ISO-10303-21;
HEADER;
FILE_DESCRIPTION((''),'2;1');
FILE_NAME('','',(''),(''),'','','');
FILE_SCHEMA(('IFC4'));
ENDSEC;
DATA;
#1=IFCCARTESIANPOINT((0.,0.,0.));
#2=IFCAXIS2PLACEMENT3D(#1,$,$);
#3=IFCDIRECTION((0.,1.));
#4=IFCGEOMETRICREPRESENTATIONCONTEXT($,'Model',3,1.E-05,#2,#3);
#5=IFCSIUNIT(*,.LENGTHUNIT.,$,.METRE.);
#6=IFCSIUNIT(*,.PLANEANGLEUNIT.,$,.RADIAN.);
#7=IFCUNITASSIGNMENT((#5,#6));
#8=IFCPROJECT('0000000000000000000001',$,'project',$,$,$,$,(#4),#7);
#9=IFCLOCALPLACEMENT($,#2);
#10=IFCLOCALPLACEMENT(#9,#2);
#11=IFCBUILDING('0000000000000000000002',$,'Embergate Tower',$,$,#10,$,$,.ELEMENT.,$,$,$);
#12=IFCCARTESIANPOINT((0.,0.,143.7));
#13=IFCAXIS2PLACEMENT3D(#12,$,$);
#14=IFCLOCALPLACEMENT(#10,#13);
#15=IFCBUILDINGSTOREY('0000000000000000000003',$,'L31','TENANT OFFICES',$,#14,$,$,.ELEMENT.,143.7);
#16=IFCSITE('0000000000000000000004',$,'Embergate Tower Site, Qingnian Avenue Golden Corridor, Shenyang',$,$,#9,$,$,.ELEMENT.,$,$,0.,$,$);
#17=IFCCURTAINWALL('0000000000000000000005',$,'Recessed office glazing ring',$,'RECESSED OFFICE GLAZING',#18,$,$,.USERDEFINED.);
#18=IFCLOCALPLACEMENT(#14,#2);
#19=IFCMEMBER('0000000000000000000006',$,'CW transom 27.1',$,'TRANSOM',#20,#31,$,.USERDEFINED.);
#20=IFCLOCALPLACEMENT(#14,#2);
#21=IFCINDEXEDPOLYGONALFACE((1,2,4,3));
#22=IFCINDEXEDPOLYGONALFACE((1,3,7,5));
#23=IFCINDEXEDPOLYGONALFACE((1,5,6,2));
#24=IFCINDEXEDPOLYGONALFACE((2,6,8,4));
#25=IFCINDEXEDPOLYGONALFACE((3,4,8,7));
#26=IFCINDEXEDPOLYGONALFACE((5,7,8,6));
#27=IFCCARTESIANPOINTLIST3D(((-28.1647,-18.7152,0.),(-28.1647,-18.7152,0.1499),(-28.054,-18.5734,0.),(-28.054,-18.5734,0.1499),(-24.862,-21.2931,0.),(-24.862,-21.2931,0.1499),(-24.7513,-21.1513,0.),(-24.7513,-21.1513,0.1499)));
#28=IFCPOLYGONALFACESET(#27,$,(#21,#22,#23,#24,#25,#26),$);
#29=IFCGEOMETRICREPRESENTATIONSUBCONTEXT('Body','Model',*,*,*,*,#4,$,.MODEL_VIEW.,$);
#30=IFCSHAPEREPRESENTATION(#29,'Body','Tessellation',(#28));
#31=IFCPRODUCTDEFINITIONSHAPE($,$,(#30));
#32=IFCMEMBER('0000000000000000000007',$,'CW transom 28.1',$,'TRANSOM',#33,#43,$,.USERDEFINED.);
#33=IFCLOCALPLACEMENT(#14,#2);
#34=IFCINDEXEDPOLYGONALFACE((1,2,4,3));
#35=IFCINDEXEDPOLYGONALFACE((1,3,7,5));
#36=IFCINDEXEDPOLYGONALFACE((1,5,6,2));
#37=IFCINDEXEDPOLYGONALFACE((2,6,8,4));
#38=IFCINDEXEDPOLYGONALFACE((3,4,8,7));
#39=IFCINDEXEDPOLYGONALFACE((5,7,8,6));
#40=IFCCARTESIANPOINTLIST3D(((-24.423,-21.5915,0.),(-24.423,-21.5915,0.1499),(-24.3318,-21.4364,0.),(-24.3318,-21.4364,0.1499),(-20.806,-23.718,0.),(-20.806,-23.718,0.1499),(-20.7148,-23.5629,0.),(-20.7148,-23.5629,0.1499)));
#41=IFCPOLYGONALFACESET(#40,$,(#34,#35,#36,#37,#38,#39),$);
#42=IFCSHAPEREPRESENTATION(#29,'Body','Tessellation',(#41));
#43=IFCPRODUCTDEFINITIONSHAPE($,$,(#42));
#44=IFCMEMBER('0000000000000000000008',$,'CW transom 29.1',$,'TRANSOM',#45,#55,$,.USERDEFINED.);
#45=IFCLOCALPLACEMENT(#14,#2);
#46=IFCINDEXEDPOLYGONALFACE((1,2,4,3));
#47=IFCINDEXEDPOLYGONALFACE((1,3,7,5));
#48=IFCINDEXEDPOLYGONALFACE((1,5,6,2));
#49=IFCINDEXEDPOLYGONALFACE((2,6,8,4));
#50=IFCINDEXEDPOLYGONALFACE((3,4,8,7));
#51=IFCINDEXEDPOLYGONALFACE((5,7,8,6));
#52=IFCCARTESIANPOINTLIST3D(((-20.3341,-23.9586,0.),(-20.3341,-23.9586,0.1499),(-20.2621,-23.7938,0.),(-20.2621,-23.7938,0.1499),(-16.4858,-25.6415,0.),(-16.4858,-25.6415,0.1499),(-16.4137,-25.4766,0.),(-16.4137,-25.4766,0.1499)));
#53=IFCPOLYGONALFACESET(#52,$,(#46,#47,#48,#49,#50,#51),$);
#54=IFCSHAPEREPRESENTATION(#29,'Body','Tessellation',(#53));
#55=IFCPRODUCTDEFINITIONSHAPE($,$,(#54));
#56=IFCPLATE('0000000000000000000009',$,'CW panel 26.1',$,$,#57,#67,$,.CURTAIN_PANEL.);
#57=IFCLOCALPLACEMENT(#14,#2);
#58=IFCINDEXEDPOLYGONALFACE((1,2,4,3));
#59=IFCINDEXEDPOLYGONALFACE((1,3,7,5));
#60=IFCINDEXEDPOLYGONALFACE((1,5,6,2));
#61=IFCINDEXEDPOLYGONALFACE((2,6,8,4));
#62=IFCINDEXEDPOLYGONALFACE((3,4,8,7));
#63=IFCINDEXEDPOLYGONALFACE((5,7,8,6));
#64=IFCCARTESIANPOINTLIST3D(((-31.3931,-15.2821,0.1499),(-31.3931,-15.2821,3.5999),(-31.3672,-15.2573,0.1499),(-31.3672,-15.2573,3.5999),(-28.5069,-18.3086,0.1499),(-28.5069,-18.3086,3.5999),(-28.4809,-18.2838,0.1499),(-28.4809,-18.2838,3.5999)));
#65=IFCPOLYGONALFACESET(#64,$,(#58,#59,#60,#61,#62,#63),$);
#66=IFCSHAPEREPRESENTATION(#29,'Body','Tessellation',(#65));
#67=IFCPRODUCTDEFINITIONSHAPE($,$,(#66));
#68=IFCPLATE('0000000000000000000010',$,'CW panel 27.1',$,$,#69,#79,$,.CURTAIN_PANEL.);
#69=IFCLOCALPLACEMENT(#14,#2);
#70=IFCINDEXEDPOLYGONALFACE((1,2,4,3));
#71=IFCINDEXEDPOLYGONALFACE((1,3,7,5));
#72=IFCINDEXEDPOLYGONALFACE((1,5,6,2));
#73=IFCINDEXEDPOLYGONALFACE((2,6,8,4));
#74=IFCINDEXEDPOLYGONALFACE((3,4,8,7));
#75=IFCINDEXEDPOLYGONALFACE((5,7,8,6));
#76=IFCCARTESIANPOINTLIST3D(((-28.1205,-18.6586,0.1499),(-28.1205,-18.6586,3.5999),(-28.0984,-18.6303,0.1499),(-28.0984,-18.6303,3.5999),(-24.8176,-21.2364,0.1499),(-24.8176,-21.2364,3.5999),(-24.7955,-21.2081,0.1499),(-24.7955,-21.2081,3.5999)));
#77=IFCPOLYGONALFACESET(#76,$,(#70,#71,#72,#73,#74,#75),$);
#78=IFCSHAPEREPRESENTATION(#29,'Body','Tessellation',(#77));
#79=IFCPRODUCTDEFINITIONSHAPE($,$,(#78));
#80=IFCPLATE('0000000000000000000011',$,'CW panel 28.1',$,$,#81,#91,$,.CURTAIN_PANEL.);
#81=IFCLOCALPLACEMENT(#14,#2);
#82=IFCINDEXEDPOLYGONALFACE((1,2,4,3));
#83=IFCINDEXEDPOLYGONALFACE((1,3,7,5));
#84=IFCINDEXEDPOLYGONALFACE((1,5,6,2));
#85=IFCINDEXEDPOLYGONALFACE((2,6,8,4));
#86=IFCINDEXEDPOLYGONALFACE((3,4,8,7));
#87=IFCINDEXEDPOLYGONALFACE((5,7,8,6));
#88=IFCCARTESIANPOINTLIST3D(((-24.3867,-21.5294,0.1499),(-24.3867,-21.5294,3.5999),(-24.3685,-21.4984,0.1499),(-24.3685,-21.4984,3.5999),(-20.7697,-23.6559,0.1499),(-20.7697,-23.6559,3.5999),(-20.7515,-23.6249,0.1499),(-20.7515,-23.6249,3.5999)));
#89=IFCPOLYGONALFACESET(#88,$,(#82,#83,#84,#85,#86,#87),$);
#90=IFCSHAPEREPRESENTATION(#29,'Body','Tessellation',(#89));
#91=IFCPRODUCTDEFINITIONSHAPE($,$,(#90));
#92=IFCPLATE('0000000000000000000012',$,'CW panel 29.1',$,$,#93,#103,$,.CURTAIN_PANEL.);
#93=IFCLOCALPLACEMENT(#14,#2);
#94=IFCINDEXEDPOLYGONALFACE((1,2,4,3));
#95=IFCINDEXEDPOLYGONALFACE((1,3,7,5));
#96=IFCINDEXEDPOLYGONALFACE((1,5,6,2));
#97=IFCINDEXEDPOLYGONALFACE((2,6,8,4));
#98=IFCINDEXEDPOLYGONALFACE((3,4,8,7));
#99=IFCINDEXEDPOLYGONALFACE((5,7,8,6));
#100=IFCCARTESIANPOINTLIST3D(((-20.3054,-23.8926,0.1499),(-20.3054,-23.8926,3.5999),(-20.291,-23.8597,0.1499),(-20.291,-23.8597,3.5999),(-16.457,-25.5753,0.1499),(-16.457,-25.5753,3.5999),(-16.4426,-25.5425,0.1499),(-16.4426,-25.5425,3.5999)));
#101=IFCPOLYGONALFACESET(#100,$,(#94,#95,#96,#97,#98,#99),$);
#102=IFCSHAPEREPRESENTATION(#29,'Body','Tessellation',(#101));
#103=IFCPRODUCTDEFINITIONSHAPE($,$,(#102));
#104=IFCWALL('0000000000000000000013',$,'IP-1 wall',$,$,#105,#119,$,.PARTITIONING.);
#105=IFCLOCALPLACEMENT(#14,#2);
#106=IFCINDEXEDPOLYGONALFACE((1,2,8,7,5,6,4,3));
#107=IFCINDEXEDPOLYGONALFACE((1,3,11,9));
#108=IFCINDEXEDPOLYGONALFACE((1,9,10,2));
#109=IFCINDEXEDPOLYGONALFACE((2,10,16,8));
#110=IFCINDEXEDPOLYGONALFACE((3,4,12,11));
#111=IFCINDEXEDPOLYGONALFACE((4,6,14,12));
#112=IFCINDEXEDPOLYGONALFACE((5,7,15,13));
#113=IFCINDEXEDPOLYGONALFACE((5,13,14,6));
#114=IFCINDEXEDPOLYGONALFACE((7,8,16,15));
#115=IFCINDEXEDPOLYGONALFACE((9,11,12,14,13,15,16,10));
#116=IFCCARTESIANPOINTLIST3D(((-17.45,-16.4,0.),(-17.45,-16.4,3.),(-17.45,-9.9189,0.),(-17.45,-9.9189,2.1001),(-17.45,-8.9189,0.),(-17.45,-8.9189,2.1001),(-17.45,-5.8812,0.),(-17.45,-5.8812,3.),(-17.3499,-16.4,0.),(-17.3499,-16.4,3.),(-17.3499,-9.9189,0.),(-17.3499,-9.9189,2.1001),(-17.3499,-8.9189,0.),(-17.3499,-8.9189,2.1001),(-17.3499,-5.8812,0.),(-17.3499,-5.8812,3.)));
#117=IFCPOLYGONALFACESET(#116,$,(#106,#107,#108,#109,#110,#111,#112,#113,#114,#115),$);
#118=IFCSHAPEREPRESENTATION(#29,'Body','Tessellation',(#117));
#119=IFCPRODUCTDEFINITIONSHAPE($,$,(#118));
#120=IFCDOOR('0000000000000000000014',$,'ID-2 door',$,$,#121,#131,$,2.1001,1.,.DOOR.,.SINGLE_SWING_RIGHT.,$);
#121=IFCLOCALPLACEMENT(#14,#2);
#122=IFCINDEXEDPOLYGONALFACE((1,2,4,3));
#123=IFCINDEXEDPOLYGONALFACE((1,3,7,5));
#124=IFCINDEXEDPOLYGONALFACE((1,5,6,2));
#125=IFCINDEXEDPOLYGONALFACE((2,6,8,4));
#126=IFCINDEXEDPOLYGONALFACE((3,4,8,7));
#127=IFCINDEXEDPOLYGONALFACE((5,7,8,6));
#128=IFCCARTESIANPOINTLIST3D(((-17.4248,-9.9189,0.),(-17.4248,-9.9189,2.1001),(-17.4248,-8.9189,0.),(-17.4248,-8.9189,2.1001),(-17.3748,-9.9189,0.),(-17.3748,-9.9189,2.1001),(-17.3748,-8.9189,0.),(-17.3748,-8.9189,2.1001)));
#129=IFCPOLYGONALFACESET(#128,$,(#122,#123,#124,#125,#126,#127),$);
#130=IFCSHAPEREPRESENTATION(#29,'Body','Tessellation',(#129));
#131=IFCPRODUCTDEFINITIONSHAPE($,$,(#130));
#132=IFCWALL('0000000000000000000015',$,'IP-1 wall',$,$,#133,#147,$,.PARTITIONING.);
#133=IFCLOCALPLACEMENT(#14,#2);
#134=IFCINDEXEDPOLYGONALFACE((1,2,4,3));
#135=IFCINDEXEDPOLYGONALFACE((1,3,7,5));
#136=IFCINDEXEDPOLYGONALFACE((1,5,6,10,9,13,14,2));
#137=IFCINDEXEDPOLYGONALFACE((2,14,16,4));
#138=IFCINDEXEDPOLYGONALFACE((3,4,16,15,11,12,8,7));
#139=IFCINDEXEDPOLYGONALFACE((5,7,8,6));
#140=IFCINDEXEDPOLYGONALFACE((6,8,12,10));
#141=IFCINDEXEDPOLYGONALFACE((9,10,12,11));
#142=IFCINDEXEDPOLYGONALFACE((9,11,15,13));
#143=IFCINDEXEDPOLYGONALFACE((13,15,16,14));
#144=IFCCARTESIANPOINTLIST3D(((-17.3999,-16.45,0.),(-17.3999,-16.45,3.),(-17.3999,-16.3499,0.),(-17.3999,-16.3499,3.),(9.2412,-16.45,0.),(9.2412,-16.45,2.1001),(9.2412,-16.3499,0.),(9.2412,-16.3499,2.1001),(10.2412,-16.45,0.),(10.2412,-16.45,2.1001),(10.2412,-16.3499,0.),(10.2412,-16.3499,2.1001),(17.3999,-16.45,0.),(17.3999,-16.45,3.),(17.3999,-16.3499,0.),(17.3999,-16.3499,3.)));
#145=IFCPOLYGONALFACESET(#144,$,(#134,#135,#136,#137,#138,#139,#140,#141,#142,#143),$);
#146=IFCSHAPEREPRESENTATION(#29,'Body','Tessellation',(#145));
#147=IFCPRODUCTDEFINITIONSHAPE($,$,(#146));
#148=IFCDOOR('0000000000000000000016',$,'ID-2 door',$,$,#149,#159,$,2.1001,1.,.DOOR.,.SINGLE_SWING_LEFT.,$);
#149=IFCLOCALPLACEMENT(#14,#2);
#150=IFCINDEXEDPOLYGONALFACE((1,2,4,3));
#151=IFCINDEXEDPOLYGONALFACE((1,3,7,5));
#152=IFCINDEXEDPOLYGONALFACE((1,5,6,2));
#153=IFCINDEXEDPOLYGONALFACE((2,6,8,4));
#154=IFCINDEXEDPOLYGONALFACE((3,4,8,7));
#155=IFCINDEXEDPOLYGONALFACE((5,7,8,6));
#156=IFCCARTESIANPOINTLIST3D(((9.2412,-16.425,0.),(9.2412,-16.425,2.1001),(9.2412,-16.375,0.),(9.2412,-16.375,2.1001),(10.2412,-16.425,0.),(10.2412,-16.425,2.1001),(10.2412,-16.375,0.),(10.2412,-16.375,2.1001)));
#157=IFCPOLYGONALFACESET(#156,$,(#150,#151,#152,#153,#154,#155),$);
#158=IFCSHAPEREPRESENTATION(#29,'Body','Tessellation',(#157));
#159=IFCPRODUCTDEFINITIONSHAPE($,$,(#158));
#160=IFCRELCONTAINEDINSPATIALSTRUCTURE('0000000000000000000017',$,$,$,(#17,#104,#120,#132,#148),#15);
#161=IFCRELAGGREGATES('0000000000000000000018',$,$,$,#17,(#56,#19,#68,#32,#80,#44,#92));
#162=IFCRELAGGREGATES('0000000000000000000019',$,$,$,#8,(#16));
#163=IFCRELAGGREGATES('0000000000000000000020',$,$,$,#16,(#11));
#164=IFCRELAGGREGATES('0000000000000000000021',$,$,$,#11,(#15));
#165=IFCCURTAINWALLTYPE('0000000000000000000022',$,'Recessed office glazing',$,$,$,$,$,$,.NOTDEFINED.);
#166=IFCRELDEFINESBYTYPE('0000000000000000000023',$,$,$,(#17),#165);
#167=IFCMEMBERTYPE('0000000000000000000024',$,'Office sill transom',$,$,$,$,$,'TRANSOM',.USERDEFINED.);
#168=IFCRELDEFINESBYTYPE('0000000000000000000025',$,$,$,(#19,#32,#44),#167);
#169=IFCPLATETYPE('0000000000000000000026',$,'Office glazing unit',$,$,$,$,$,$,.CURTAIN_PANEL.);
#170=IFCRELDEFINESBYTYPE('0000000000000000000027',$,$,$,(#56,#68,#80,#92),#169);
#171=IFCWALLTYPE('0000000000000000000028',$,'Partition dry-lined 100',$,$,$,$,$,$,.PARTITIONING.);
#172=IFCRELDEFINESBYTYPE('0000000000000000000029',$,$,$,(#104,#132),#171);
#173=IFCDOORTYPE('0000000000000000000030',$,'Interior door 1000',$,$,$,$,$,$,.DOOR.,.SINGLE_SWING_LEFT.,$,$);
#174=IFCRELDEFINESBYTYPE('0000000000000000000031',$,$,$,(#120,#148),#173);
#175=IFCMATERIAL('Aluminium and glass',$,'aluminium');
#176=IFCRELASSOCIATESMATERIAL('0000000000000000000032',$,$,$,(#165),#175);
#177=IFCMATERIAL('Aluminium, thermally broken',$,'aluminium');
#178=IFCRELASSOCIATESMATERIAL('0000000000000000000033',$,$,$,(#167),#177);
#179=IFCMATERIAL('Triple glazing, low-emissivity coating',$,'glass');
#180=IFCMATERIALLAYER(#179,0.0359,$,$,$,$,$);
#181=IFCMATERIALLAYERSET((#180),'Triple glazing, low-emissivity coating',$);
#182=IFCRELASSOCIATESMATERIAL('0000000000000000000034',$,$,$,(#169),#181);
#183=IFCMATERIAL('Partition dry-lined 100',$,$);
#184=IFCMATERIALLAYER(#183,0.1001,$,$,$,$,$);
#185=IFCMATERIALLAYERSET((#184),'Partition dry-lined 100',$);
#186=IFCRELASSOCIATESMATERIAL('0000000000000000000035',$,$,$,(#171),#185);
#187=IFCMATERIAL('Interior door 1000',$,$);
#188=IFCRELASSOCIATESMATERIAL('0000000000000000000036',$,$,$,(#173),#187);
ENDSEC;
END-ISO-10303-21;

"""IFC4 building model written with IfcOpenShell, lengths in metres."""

from ifc_helpers import new_model, si_unit, direction, frame, frame_2d, origin, origin_2d, place, context, subcontext, project, spatial, rectangle, extrude, source, transform, mapped, material, layer, layer_set, material_profile, profile_set, type_object, element, fill, aggregate, save


model = new_model("IFC4")

# Units and contexts
model_context = context("Model", 3, precision=1e-05, world=origin(), true_north=direction((0.0, 1.0)))
body_context = subcontext(model_context, "Body", "Model", "MODEL_VIEW")
ifc_project = project(units=[si_unit("LENGTHUNIT", "METRE"), si_unit("PLANEANGLEUNIT", "RADIAN")], contexts=[model_context])

# Site, building, storey
site_placement = place(None, origin())
site = spatial("IfcSite", under=ifc_project, at=site_placement, Name="Embergate Tower Site, Qingnian Avenue Golden Corridor, Shenyang", CompositionType="ELEMENT", RefElevation=0.0)
building_placement = place(site_placement, origin())
building = spatial("IfcBuilding", under=site, at=building_placement, Name="Embergate Tower", CompositionType="ELEMENT")
storey_placement = place(building_placement, frame((0.0, 0.0, 143.7)))
storey = spatial("IfcBuildingStorey", under=building, at=storey_placement, Name="L31", Description="TENANT OFFICES", CompositionType="ELEMENT", Elevation=143.7)

# Curtain wall, members, plates
ifc_material_1 = material(Name="Aluminium and glass", Category="aluminium")
curtain_wall_type = type_object("IfcCurtainWallType", Name="Recessed office glazing", PredefinedType="NOTDEFINED", material=ifc_material_1)
curtain_wall_placement = place(storey_placement, origin())
curtain_wall = element("IfcCurtainWall", 1, at=curtain_wall_placement, inside=storey, type_object=curtain_wall_type, Name="Recessed office glazing ring", ObjectType="RECESSED OFFICE GLAZING", PredefinedType="USERDEFINED")
ifc_material_2 = material(Name="Aluminium, thermally broken", Category="aluminium")
ifc_material_profile_1 = material_profile(ifc_material_2, rectangle(XDim=0.1799, YDim=0.1499, at=origin_2d()), Name="AL 150x180")
ifc_profile_set_1 = profile_set([ifc_material_profile_1], Name="Aluminium, thermally broken")
member_type_1 = type_object("IfcMemberType", Name="Office sill transom", ElementType="TRANSOM", PredefinedType="USERDEFINED", material=ifc_profile_set_1)
shared_shape_1 = source(origin(), body_context, "Body", "SweptSolid", [
    extrude(rectangle(XDim=0.1799, YDim=0.1499, at=origin_2d()), origin(), (0.0, 0.0, 1.0), 4.1897),
])
member_1_placement = place(storey_placement, frame((-28.1094, -18.6443, 0.075), z_axis=(0.7883, -0.615291, 0.0), x_axis=(0.615291, 0.7883, 0.0)))
member_1 = element("IfcMember", 2, at=member_1_placement, type_object=member_type_1, Name="CW transom 27.1", ObjectType="TRANSOM", PredefinedType="USERDEFINED", context=body_context, shape_type="MappedRepresentation", body=[
    mapped(shared_shape_1, transform((0.0, 0.0, 0.0))),
])
shared_shape_2 = source(origin(), body_context, "Body", "SweptSolid", [
    extrude(rectangle(XDim=0.1799, YDim=0.1499, at=origin_2d()), origin(), (0.0, 0.0, 1.0), 4.1958),
])
member_2_placement = place(storey_placement, frame((-24.3774, -21.5139, 0.075), z_axis=(0.862054, -0.506817, 0.0), x_axis=(0.506817, 0.862054, 0.0)))
member_2 = element("IfcMember", 3, at=member_2_placement, type_object=member_type_1, Name="CW transom 28.1", ObjectType="TRANSOM", PredefinedType="USERDEFINED", context=body_context, shape_type="MappedRepresentation", body=[
    mapped(shared_shape_2, transform((0.0, 0.0, 0.0))),
])
shared_shape_3 = source(origin(), body_context, "Body", "SweptSolid", [
    extrude(rectangle(XDim=0.1799, YDim=0.1499, at=origin_2d()), origin(), (0.0, 0.0, 1.0), 4.2002),
])
member_3_placement = place(storey_placement, frame((-20.2981, -23.8762, 0.075), z_axis=(0.916228, -0.400657, 0.0), x_axis=(0.400657, 0.916228, 0.0)))
member_3 = element("IfcMember", 4, at=member_3_placement, type_object=member_type_1, Name="CW transom 29.1", ObjectType="TRANSOM", PredefinedType="USERDEFINED", context=body_context, shape_type="MappedRepresentation", body=[
    mapped(shared_shape_3, transform((0.0, 0.0, 0.0))),
])
ifc_material_3 = material(Name="Triple glazing, low-emissivity coating", Category="glass")
ifc_layer_1 = layer(ifc_material_3, 0.0359)
ifc_layer_set_1 = layer_set([ifc_layer_1], Name="Triple glazing, low-emissivity coating")
plate_type = type_object("IfcPlateType", Name="Office glazing unit", PredefinedType="CURTAIN_PANEL", material=ifc_layer_set_1)
shared_shape_4 = source(origin(), body_context, "Body", "SweptSolid", [
    extrude(rectangle(XDim=4.1821, YDim=0.0359, at=origin_2d()), origin(), (0.0, 0.0, 1.0), 3.45),
])
plate_1_placement = place(storey_placement, frame((-29.937, -16.783, 0.1499), z_axis=(0.0, 0.0, 1.0), x_axis=(0.690143, -0.723673, 0.0)))
plate_1 = element("IfcPlate", 5, at=plate_1_placement, type_object=plate_type, Name="CW panel 26.1", PredefinedType="CURTAIN_PANEL", context=body_context, shape_type="MappedRepresentation", body=[
    mapped(shared_shape_4, transform((0.0, 0.0, 0.0))),
])
shared_shape_5 = source(origin(), body_context, "Body", "SweptSolid", [
    extrude(rectangle(XDim=4.1897, YDim=0.0359, at=origin_2d()), origin(), (0.0, 0.0, 1.0), 3.45),
])
plate_2_placement = place(storey_placement, frame((-26.458, -19.9333, 0.1499), z_axis=(0.0, 0.0, 1.0), x_axis=(0.788327, -0.615257, 0.0)))
plate_2 = element("IfcPlate", 6, at=plate_2_placement, type_object=plate_type, Name="CW panel 27.1", PredefinedType="CURTAIN_PANEL", context=body_context, shape_type="MappedRepresentation", body=[
    mapped(shared_shape_5, transform((0.0, 0.0, 0.0))),
])
shared_shape_6 = source(origin(), body_context, "Body", "SweptSolid", [
    extrude(rectangle(XDim=4.1958, YDim=0.0359, at=origin_2d()), origin(), (0.0, 0.0, 1.0), 3.45),
])
plate_3_placement = place(storey_placement, frame((-22.5691, -22.5771, 0.1499), z_axis=(0.0, 0.0, 1.0), x_axis=(0.862058, -0.50681, 0.0)))
plate_3 = element("IfcPlate", 7, at=plate_3_placement, type_object=plate_type, Name="CW panel 28.1", PredefinedType="CURTAIN_PANEL", context=body_context, shape_type="MappedRepresentation", body=[
    mapped(shared_shape_6, transform((0.0, 0.0, 0.0))),
])
shared_shape_7 = source(origin(), body_context, "Body", "SweptSolid", [
    extrude(rectangle(XDim=4.2002, YDim=0.0359, at=origin_2d()), origin(), (0.0, 0.0, 1.0), 3.45),
])
plate_4_placement = place(storey_placement, frame((-18.374, -24.7175, 0.1499), z_axis=(0.0, 0.0, 1.0), x_axis=(0.916239, -0.400632, 0.0)))
plate_4 = element("IfcPlate", 8, at=plate_4_placement, type_object=plate_type, Name="CW panel 29.1", PredefinedType="CURTAIN_PANEL", context=body_context, shape_type="MappedRepresentation", body=[
    mapped(shared_shape_7, transform((0.0, 0.0, 0.0))),
])
aggregate(curtain_wall, [plate_1, member_1, plate_2, member_2, plate_3, member_3, plate_4])

# Walls, openings, doors
ifc_material_4 = material(Name="Partition dry-lined 100")
ifc_layer_2 = layer(ifc_material_4, 0.1001)
ifc_layer_set_2 = layer_set([ifc_layer_2], Name="Partition dry-lined 100")
wall_type = type_object("IfcWallType", Name="Partition dry-lined 100", PredefinedType="PARTITIONING", material=ifc_layer_set_2)
shared_shape_8 = source(origin(), body_context, "Body", "SweptSolid", [
    extrude(rectangle(XDim=10.5188, YDim=0.1001, at=frame_2d((5.2593, 0.0))), origin(), (0.0, 0.0, 1.0), 3.0),
])
wall_1_placement = place(storey_placement, frame((-17.3999, -16.3999, 0.0), z_axis=(0.0, 0.0, 1.0), x_axis=(0.0, 1.0, 0.0)))
wall_1 = element("IfcWall", 9, at=wall_1_placement, inside=storey, type_object=wall_type, Name="IP-1 wall", PredefinedType="PARTITIONING", context=body_context, shape_type="MappedRepresentation", body=[
    mapped(shared_shape_8, transform((0.0, 0.0, 0.0))),
])
shared_shape_9 = source(origin(), body_context, "Body", "SweptSolid", [
    extrude(rectangle(XDim=1.0, YDim=2.1001, at=frame_2d((0.5, 1.05))), frame((0.0, 0.0601, 0.0), z_axis=(0.0, -1.0, 0.0), x_axis=(1.0, 0.0, 0.0)), (0.0, 0.0, 1.0), 0.1201),
])
opening_1_placement = place(wall_1_placement, frame((6.481, 0.0, 0.0)))
opening_1 = element("IfcOpeningElement", 10, at=opening_1_placement, cuts=wall_1, PredefinedType="OPENING", context=body_context, shape_type="MappedRepresentation", body=[
    mapped(shared_shape_9, transform((0.0, 0.0, 0.0))),
])
ifc_material_5 = material(Name="Interior door 1000")
door_type = type_object("IfcDoorType", Name="Interior door 1000", OperationType="SINGLE_SWING_LEFT", PredefinedType="DOOR", material=ifc_material_5)
shared_shape_10 = source(origin(), body_context, "Body", "SweptSolid", [
    extrude(rectangle(XDim=1.0, YDim=2.1001, at=frame_2d((0.5, 1.05))), frame((0.0, 0.0249, 0.0), z_axis=(0.0, -1.0, 0.0), x_axis=(1.0, 0.0, 0.0)), (0.0, 0.0, 1.0), 0.05),
])
door_1_placement = place(opening_1_placement, origin())
door_1 = element("IfcDoor", 11, at=door_1_placement, inside=storey, type_object=door_type, Name="ID-2 door", OperationType="SINGLE_SWING_RIGHT", OverallHeight=2.1001, OverallWidth=1.0, PredefinedType="DOOR", context=body_context, shape_type="MappedRepresentation", body=[
    mapped(shared_shape_10, transform((0.0, 0.0, 0.0))),
])
fill(opening_1, door_1)
shared_shape_11 = source(origin(), body_context, "Body", "SweptSolid", [
    extrude(rectangle(XDim=34.7998, YDim=0.1001, at=frame_2d((17.3999, 0.0))), origin(), (0.0, 0.0, 1.0), 3.0),
])
wall_2_placement = place(storey_placement, frame((-17.3999, -16.3999, 0.0), z_axis=(0.0, 0.0, 1.0), x_axis=(1.0, 0.0, 0.0)))
wall_2 = element("IfcWall", 12, at=wall_2_placement, inside=storey, type_object=wall_type, Name="IP-1 wall", PredefinedType="PARTITIONING", context=body_context, shape_type="MappedRepresentation", body=[
    mapped(shared_shape_11, transform((0.0, 0.0, 0.0))),
])
opening_2_placement = place(wall_2_placement, frame((26.6411, 0.0, 0.0)))
opening_2 = element("IfcOpeningElement", 13, at=opening_2_placement, cuts=wall_2, PredefinedType="OPENING", context=body_context, shape_type="MappedRepresentation", body=[
    mapped(shared_shape_9, transform((0.0, 0.0, 0.0))),
])
door_2_placement = place(opening_2_placement, origin())
door_2 = element("IfcDoor", 14, at=door_2_placement, inside=storey, type_object=door_type, Name="ID-2 door", OperationType="SINGLE_SWING_LEFT", OverallHeight=2.1001, OverallWidth=1.0, PredefinedType="DOOR", context=body_context, shape_type="MappedRepresentation", body=[
    mapped(shared_shape_10, transform((0.0, 0.0, 0.0))),
])
fill(opening_2, door_2)

save(model, "model.ifc")
